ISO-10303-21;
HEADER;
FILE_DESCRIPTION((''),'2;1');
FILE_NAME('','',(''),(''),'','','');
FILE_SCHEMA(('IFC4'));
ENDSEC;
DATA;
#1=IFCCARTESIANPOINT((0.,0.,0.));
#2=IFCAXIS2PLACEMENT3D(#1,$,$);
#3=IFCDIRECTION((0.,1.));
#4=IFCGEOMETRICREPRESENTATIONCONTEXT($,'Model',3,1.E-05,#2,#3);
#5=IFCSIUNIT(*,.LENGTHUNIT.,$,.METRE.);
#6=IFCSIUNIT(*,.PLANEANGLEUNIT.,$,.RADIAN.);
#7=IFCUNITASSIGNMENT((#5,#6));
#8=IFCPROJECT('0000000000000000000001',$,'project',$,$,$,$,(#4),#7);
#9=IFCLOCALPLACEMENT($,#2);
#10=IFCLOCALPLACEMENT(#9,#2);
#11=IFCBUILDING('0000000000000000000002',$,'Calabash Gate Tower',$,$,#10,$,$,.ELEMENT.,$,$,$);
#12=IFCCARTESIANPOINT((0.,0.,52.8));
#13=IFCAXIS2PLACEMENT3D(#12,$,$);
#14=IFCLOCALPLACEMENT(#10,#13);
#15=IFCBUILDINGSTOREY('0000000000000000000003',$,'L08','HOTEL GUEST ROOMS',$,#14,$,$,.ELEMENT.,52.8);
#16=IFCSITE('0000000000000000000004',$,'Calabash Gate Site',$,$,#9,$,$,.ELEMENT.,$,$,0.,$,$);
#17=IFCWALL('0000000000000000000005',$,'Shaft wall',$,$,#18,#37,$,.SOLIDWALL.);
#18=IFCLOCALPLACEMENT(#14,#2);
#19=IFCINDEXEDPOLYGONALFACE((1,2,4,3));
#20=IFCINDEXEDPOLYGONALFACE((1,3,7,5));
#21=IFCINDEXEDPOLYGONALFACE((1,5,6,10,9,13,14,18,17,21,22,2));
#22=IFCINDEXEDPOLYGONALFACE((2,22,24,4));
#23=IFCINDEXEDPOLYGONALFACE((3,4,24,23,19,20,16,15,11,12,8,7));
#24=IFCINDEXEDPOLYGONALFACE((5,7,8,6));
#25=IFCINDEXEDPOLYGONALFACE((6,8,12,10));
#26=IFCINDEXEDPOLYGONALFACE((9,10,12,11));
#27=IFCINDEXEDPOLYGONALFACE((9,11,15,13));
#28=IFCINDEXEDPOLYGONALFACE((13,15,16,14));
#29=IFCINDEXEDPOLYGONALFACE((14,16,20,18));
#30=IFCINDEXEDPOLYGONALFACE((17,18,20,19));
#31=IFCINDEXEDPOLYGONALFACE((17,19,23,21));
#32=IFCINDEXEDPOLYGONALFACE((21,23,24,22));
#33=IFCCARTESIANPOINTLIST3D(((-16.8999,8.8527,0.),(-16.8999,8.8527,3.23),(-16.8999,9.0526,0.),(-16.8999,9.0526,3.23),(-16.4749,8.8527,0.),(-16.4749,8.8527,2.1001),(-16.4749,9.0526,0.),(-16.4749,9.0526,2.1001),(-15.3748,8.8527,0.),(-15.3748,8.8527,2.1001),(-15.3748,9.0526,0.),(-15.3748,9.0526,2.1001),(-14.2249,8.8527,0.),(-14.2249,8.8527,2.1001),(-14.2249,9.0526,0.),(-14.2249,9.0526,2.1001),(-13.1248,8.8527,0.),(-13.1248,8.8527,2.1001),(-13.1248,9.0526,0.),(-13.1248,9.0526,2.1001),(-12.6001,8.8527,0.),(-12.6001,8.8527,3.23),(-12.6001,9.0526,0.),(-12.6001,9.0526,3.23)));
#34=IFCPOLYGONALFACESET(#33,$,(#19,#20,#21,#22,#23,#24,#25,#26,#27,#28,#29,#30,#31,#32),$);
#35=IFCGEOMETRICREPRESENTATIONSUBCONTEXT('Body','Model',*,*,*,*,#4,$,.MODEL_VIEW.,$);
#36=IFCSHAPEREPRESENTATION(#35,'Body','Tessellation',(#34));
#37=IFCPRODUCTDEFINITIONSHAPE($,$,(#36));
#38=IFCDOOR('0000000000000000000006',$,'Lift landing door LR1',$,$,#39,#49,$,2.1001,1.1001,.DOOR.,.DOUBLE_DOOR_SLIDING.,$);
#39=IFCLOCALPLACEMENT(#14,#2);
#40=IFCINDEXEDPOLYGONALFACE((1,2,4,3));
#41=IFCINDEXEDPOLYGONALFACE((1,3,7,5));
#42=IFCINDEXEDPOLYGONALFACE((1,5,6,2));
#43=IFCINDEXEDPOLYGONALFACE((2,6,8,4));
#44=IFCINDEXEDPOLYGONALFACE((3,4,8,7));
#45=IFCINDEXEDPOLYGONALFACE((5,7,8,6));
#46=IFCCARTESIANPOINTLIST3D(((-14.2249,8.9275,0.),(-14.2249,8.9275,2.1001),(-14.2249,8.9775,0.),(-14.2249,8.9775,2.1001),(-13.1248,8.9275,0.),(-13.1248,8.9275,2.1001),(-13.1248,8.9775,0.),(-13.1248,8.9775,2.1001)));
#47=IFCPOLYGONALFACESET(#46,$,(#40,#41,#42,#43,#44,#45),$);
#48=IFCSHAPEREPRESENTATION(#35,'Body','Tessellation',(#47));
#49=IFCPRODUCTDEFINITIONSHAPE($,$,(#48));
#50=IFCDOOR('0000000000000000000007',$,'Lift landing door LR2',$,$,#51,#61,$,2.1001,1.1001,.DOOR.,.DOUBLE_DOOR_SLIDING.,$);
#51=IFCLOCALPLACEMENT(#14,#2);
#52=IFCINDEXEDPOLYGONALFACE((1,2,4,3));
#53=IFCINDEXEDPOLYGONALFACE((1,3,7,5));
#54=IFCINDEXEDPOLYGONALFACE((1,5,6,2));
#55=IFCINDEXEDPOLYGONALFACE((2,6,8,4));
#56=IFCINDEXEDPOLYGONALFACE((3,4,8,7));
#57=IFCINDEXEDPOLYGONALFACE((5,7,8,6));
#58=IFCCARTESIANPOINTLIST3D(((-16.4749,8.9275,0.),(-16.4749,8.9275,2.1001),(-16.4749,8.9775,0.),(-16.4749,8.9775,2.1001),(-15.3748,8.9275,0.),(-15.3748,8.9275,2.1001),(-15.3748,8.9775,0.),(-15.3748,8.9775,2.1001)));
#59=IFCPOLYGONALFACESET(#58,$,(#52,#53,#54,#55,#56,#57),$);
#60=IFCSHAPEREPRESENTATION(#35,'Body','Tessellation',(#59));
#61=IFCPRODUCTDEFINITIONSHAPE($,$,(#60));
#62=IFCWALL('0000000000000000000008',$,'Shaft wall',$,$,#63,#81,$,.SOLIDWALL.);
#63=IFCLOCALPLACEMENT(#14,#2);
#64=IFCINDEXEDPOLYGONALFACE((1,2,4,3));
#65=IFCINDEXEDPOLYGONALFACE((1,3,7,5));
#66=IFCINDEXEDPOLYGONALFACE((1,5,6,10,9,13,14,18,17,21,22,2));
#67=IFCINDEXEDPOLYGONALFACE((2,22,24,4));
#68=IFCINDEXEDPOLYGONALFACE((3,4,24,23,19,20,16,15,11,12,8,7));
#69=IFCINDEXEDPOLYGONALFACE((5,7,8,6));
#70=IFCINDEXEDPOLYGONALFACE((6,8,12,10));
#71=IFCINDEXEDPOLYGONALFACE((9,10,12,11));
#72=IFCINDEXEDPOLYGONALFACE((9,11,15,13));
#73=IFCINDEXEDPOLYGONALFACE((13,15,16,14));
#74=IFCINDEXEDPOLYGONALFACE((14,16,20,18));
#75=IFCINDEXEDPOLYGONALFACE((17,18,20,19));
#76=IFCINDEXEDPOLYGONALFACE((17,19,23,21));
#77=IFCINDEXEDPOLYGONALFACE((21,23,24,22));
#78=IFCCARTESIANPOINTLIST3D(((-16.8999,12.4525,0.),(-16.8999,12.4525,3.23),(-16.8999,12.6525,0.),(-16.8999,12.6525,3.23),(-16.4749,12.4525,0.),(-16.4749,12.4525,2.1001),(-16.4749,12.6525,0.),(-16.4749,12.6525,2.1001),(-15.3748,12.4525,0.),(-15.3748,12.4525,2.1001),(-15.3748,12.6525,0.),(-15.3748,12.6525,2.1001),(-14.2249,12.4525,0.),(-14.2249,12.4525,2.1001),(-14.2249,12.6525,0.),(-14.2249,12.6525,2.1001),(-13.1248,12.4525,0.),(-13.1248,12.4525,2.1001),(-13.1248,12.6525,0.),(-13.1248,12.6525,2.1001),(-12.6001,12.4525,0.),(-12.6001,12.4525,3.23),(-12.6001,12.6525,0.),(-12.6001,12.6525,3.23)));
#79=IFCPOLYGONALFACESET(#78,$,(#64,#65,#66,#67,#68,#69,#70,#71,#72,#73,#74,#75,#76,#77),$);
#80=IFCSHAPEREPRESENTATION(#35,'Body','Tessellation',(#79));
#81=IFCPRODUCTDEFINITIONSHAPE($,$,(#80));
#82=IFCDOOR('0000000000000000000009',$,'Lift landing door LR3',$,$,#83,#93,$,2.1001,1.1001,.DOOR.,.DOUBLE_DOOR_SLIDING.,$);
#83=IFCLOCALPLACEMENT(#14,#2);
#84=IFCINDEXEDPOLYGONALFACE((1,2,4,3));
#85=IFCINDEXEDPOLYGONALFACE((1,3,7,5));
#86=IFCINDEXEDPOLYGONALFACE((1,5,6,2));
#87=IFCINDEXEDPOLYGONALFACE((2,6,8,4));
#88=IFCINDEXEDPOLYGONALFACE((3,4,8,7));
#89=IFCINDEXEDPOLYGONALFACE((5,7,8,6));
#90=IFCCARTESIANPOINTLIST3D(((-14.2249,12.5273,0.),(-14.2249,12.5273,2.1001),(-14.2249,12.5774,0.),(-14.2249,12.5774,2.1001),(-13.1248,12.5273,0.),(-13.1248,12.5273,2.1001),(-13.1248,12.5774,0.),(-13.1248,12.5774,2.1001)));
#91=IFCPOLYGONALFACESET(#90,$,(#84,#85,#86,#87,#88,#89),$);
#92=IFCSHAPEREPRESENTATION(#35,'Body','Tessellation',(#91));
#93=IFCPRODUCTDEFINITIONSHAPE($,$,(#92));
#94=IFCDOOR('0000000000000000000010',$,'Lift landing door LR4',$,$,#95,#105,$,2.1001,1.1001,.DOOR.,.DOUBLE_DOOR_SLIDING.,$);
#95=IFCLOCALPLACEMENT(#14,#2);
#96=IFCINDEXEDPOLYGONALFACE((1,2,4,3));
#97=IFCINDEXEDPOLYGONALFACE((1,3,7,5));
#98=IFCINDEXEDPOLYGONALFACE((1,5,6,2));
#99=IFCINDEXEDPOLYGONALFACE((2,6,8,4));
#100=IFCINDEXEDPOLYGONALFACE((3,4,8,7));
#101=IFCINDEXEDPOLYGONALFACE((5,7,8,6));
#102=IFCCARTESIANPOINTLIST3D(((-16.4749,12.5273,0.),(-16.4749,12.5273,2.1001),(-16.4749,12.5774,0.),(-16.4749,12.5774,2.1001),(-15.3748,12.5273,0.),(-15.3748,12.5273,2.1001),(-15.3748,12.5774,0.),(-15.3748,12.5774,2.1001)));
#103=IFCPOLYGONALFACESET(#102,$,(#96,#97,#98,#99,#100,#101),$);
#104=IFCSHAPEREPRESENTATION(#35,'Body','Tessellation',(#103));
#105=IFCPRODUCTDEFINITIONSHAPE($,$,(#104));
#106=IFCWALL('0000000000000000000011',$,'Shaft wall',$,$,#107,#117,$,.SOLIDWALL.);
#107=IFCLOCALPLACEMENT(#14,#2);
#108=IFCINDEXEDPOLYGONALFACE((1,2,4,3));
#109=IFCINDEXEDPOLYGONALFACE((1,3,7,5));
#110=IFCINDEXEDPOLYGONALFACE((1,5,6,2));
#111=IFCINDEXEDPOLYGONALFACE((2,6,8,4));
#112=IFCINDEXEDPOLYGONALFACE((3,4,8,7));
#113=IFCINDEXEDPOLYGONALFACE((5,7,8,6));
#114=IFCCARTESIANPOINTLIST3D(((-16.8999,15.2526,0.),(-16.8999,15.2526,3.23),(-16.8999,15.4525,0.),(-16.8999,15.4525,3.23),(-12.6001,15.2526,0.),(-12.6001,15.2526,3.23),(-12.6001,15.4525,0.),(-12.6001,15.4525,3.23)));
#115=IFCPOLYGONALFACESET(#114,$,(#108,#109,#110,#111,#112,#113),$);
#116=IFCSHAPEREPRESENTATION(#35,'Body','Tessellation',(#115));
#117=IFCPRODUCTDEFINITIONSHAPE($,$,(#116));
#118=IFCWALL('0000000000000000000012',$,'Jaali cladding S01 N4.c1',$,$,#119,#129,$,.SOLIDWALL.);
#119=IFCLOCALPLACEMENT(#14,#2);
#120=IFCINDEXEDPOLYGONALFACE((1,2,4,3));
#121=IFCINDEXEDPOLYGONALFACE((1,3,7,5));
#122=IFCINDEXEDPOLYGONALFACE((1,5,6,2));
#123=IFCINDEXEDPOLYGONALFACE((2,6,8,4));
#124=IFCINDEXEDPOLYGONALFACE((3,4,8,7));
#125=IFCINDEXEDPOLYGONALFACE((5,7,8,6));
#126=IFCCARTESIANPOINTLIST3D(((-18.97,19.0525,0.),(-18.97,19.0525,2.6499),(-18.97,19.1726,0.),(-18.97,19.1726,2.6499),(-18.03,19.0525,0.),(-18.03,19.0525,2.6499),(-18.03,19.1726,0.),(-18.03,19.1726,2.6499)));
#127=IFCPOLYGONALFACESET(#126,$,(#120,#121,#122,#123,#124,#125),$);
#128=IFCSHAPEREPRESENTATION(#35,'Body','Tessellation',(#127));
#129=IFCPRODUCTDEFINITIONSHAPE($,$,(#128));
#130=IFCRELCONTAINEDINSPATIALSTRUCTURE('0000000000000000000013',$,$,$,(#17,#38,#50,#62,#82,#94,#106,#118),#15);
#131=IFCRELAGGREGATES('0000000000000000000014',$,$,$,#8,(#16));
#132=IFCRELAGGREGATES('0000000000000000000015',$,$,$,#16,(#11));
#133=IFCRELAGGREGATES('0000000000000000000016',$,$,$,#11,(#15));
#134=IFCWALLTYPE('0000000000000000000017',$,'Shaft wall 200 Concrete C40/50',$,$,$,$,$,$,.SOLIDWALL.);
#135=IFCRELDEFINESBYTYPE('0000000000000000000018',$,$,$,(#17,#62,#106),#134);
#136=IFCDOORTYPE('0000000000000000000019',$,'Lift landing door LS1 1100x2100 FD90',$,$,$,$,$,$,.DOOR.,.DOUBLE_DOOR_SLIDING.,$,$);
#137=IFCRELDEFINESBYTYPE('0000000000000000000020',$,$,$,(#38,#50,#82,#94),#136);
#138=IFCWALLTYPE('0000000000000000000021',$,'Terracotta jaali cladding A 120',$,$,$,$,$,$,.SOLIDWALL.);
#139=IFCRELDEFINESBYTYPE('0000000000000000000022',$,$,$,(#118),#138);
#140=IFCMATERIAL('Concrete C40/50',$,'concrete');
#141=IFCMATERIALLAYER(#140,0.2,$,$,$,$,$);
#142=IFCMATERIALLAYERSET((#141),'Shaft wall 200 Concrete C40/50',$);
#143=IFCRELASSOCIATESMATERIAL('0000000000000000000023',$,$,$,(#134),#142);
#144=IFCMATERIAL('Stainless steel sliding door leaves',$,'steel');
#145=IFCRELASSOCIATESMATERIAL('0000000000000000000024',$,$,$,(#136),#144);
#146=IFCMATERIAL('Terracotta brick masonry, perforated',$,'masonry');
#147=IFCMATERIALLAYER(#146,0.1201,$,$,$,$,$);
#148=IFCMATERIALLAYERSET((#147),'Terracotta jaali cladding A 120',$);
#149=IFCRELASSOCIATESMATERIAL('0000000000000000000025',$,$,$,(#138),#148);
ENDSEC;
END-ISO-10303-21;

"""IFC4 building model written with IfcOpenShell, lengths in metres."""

from ifc_helpers import new_model, si_unit, direction, frame, frame_2d, origin, place, context, subcontext, project, spatial, rectangle, extrude, material, layer, layer_set, type_object, element, fill, save


model = new_model("IFC4")

# Units and contexts
model_context = context("Model", 3, precision=1e-05, world=origin(), true_north=direction((0.0, 1.0)))
body_context = subcontext(model_context, "Body", "Model", "MODEL_VIEW")
ifc_project = project(units=[si_unit("LENGTHUNIT", "METRE"), si_unit("PLANEANGLEUNIT", "RADIAN")], contexts=[model_context])

# Site, building, storey
site_placement = place(None, origin())
site = spatial("IfcSite", under=ifc_project, at=site_placement, Name="Calabash Gate Site", CompositionType="ELEMENT", RefElevation=0.0)
building_placement = place(site_placement, origin())
building = spatial("IfcBuilding", under=site, at=building_placement, Name="Calabash Gate Tower", CompositionType="ELEMENT")
storey_placement = place(building_placement, frame((0.0, 0.0, 52.8)))
storey = spatial("IfcBuildingStorey", under=building, at=storey_placement, Name="L08", Description="HOTEL GUEST ROOMS", CompositionType="ELEMENT", Elevation=52.8)

# Walls, openings, doors
ifc_material_1 = material(Name="Concrete C40/50", Category="concrete")
ifc_layer_1 = layer(ifc_material_1, 0.2)
ifc_layer_set_1 = layer_set([ifc_layer_1], Name="Shaft wall 200 Concrete C40/50")
wall_type_1 = type_object("IfcWallType", Name="Shaft wall 200 Concrete C40/50", PredefinedType="SOLIDWALL", material=ifc_layer_set_1)
wall_1_placement = place(storey_placement, frame((-16.8999, 8.9526, 0.0), z_axis=(0.0, 0.0, 1.0), x_axis=(1.0, 0.0, 0.0)))
wall_1 = element("IfcWall", 1, at=wall_1_placement, inside=storey, type_object=wall_type_1, Name="Shaft wall", PredefinedType="SOLIDWALL", context=body_context, shape_type="SweptSolid", body=[
    extrude(rectangle(XDim=4.2998, YDim=0.2, at=frame_2d((2.1499, 0.0))), origin(), (0.0, 0.0, 1.0), 3.23),
])
opening_1_placement = place(wall_1_placement, frame((2.675, 0.0, 0.0)))
opening_1 = element("IfcOpeningElement", 2, at=opening_1_placement, cuts=wall_1, PredefinedType="OPENING", context=body_context, shape_type="SweptSolid", body=[
    extrude(rectangle(XDim=1.1001, YDim=2.1001, at=frame_2d((0.55, 1.05))), frame((0.0, 0.1099, 0.0), z_axis=(0.0, -1.0, 0.0), x_axis=(1.0, 0.0, 0.0)), (0.0, 0.0, 1.0), 0.22),
])
opening_2_placement = place(wall_1_placement, frame((0.425, 0.0, 0.0)))
opening_2 = element("IfcOpeningElement", 3, at=opening_2_placement, cuts=wall_1, PredefinedType="OPENING", context=body_context, shape_type="SweptSolid", body=[
    extrude(rectangle(XDim=1.1001, YDim=2.1001, at=frame_2d((0.55, 1.05))), frame((0.0, 0.1099, 0.0), z_axis=(0.0, -1.0, 0.0), x_axis=(1.0, 0.0, 0.0)), (0.0, 0.0, 1.0), 0.22),
])
ifc_material_2 = material(Name="Stainless steel sliding door leaves", Category="steel")
door_type_1 = type_object("IfcDoorType", Name="Lift landing door LS1 1100x2100 FD90", OperationType="DOUBLE_DOOR_SLIDING", PredefinedType="DOOR", material=ifc_material_2)
door_1_placement = place(opening_1_placement, origin())
door_1 = element("IfcDoor", 4, at=door_1_placement, inside=storey, type_object=door_type_1, Name="Lift landing door LR1", OperationType="DOUBLE_DOOR_SLIDING", OverallHeight=2.1001, OverallWidth=1.1001, PredefinedType="DOOR", context=body_context, shape_type="SweptSolid", body=[
    extrude(rectangle(XDim=1.1001, YDim=2.1001, at=frame_2d((0.55, 1.05))), frame((0.0, 0.0249, 0.0), z_axis=(0.0, -1.0, 0.0), x_axis=(1.0, 0.0, 0.0)), (0.0, 0.0, 1.0), 0.05),
])
fill(opening_1, door_1)
door_2_placement = place(opening_2_placement, origin())
door_2 = element("IfcDoor", 5, at=door_2_placement, inside=storey, type_object=door_type_1, Name="Lift landing door LR2", OperationType="DOUBLE_DOOR_SLIDING", OverallHeight=2.1001, OverallWidth=1.1001, PredefinedType="DOOR", context=body_context, shape_type="SweptSolid", body=[
    extrude(rectangle(XDim=1.1001, YDim=2.1001, at=frame_2d((0.55, 1.05))), frame((0.0, 0.0249, 0.0), z_axis=(0.0, -1.0, 0.0), x_axis=(1.0, 0.0, 0.0)), (0.0, 0.0, 1.0), 0.05),
])
fill(opening_2, door_2)
wall_2_placement = place(storey_placement, frame((-16.8999, 12.5525, 0.0), z_axis=(0.0, 0.0, 1.0), x_axis=(1.0, 0.0, 0.0)))
wall_2 = element("IfcWall", 6, at=wall_2_placement, inside=storey, type_object=wall_type_1, Name="Shaft wall", PredefinedType="SOLIDWALL", context=body_context, shape_type="SweptSolid", body=[
    extrude(rectangle(XDim=4.2998, YDim=0.2, at=frame_2d((2.1499, 0.0))), origin(), (0.0, 0.0, 1.0), 3.23),
])
opening_3_placement = place(wall_2_placement, frame((2.675, 0.0, 0.0)))
opening_3 = element("IfcOpeningElement", 7, at=opening_3_placement, cuts=wall_2, PredefinedType="OPENING", context=body_context, shape_type="SweptSolid", body=[
    extrude(rectangle(XDim=1.1001, YDim=2.1001, at=frame_2d((0.55, 1.05))), frame((0.0, 0.1099, 0.0), z_axis=(0.0, -1.0, 0.0), x_axis=(1.0, 0.0, 0.0)), (0.0, 0.0, 1.0), 0.22),
])
opening_4_placement = place(wall_2_placement, frame((0.425, 0.0, 0.0)))
opening_4 = element("IfcOpeningElement", 8, at=opening_4_placement, cuts=wall_2, PredefinedType="OPENING", context=body_context, shape_type="SweptSolid", body=[
    extrude(rectangle(XDim=1.1001, YDim=2.1001, at=frame_2d((0.55, 1.05))), frame((0.0, 0.1099, 0.0), z_axis=(0.0, -1.0, 0.0), x_axis=(1.0, 0.0, 0.0)), (0.0, 0.0, 1.0), 0.22),
])
door_3_placement = place(opening_3_placement, origin())
door_3 = element("IfcDoor", 9, at=door_3_placement, inside=storey, type_object=door_type_1, Name="Lift landing door LR3", OperationType="DOUBLE_DOOR_SLIDING", OverallHeight=2.1001, OverallWidth=1.1001, PredefinedType="DOOR", context=body_context, shape_type="SweptSolid", body=[
    extrude(rectangle(XDim=1.1001, YDim=2.1001, at=frame_2d((0.55, 1.05))), frame((0.0, 0.0249, 0.0), z_axis=(0.0, -1.0, 0.0), x_axis=(1.0, 0.0, 0.0)), (0.0, 0.0, 1.0), 0.05),
])
fill(opening_3, door_3)
door_4_placement = place(opening_4_placement, origin())
door_4 = element("IfcDoor", 10, at=door_4_placement, inside=storey, type_object=door_type_1, Name="Lift landing door LR4", OperationType="DOUBLE_DOOR_SLIDING", OverallHeight=2.1001, OverallWidth=1.1001, PredefinedType="DOOR", context=body_context, shape_type="SweptSolid", body=[
    extrude(rectangle(XDim=1.1001, YDim=2.1001, at=frame_2d((0.55, 1.05))), frame((0.0, 0.0249, 0.0), z_axis=(0.0, -1.0, 0.0), x_axis=(1.0, 0.0, 0.0)), (0.0, 0.0, 1.0), 0.05),
])
fill(opening_4, door_4)

# Walls
wall_3_placement = place(storey_placement, frame((-16.8999, 15.3525, 0.0), z_axis=(0.0, 0.0, 1.0), x_axis=(1.0, 0.0, 0.0)))
element("IfcWall", 11, at=wall_3_placement, inside=storey, type_object=wall_type_1, Name="Shaft wall", PredefinedType="SOLIDWALL", context=body_context, shape_type="SweptSolid", body=[
    extrude(rectangle(XDim=4.2998, YDim=0.2, at=frame_2d((2.1499, 0.0))), origin(), (0.0, 0.0, 1.0), 3.23),
])
ifc_material_3 = material(Name="Terracotta brick masonry, perforated", Category="masonry")
ifc_layer_2 = layer(ifc_material_3, 0.1201)
ifc_layer_set_2 = layer_set([ifc_layer_2], Name="Terracotta jaali cladding A 120")
wall_type_2 = type_object("IfcWallType", Name="Terracotta jaali cladding A 120", PredefinedType="SOLIDWALL", material=ifc_layer_set_2)
wall_4_placement = place(storey_placement, frame((-18.97, 19.1125, 0.0), z_axis=(0.0, 0.0, 1.0), x_axis=(1.0, 0.0, 0.0)))
element("IfcWall", 12, at=wall_4_placement, inside=storey, type_object=wall_type_2, Name="Jaali cladding S01 N4.c1", PredefinedType="SOLIDWALL", context=body_context, shape_type="SweptSolid", body=[
    extrude(rectangle(XDim=0.9399, YDim=0.1201, at=frame_2d((0.47, 0.0))), origin(), (0.0, 0.0, 1.0), 2.6499),
])

save(model, "model.ifc")
